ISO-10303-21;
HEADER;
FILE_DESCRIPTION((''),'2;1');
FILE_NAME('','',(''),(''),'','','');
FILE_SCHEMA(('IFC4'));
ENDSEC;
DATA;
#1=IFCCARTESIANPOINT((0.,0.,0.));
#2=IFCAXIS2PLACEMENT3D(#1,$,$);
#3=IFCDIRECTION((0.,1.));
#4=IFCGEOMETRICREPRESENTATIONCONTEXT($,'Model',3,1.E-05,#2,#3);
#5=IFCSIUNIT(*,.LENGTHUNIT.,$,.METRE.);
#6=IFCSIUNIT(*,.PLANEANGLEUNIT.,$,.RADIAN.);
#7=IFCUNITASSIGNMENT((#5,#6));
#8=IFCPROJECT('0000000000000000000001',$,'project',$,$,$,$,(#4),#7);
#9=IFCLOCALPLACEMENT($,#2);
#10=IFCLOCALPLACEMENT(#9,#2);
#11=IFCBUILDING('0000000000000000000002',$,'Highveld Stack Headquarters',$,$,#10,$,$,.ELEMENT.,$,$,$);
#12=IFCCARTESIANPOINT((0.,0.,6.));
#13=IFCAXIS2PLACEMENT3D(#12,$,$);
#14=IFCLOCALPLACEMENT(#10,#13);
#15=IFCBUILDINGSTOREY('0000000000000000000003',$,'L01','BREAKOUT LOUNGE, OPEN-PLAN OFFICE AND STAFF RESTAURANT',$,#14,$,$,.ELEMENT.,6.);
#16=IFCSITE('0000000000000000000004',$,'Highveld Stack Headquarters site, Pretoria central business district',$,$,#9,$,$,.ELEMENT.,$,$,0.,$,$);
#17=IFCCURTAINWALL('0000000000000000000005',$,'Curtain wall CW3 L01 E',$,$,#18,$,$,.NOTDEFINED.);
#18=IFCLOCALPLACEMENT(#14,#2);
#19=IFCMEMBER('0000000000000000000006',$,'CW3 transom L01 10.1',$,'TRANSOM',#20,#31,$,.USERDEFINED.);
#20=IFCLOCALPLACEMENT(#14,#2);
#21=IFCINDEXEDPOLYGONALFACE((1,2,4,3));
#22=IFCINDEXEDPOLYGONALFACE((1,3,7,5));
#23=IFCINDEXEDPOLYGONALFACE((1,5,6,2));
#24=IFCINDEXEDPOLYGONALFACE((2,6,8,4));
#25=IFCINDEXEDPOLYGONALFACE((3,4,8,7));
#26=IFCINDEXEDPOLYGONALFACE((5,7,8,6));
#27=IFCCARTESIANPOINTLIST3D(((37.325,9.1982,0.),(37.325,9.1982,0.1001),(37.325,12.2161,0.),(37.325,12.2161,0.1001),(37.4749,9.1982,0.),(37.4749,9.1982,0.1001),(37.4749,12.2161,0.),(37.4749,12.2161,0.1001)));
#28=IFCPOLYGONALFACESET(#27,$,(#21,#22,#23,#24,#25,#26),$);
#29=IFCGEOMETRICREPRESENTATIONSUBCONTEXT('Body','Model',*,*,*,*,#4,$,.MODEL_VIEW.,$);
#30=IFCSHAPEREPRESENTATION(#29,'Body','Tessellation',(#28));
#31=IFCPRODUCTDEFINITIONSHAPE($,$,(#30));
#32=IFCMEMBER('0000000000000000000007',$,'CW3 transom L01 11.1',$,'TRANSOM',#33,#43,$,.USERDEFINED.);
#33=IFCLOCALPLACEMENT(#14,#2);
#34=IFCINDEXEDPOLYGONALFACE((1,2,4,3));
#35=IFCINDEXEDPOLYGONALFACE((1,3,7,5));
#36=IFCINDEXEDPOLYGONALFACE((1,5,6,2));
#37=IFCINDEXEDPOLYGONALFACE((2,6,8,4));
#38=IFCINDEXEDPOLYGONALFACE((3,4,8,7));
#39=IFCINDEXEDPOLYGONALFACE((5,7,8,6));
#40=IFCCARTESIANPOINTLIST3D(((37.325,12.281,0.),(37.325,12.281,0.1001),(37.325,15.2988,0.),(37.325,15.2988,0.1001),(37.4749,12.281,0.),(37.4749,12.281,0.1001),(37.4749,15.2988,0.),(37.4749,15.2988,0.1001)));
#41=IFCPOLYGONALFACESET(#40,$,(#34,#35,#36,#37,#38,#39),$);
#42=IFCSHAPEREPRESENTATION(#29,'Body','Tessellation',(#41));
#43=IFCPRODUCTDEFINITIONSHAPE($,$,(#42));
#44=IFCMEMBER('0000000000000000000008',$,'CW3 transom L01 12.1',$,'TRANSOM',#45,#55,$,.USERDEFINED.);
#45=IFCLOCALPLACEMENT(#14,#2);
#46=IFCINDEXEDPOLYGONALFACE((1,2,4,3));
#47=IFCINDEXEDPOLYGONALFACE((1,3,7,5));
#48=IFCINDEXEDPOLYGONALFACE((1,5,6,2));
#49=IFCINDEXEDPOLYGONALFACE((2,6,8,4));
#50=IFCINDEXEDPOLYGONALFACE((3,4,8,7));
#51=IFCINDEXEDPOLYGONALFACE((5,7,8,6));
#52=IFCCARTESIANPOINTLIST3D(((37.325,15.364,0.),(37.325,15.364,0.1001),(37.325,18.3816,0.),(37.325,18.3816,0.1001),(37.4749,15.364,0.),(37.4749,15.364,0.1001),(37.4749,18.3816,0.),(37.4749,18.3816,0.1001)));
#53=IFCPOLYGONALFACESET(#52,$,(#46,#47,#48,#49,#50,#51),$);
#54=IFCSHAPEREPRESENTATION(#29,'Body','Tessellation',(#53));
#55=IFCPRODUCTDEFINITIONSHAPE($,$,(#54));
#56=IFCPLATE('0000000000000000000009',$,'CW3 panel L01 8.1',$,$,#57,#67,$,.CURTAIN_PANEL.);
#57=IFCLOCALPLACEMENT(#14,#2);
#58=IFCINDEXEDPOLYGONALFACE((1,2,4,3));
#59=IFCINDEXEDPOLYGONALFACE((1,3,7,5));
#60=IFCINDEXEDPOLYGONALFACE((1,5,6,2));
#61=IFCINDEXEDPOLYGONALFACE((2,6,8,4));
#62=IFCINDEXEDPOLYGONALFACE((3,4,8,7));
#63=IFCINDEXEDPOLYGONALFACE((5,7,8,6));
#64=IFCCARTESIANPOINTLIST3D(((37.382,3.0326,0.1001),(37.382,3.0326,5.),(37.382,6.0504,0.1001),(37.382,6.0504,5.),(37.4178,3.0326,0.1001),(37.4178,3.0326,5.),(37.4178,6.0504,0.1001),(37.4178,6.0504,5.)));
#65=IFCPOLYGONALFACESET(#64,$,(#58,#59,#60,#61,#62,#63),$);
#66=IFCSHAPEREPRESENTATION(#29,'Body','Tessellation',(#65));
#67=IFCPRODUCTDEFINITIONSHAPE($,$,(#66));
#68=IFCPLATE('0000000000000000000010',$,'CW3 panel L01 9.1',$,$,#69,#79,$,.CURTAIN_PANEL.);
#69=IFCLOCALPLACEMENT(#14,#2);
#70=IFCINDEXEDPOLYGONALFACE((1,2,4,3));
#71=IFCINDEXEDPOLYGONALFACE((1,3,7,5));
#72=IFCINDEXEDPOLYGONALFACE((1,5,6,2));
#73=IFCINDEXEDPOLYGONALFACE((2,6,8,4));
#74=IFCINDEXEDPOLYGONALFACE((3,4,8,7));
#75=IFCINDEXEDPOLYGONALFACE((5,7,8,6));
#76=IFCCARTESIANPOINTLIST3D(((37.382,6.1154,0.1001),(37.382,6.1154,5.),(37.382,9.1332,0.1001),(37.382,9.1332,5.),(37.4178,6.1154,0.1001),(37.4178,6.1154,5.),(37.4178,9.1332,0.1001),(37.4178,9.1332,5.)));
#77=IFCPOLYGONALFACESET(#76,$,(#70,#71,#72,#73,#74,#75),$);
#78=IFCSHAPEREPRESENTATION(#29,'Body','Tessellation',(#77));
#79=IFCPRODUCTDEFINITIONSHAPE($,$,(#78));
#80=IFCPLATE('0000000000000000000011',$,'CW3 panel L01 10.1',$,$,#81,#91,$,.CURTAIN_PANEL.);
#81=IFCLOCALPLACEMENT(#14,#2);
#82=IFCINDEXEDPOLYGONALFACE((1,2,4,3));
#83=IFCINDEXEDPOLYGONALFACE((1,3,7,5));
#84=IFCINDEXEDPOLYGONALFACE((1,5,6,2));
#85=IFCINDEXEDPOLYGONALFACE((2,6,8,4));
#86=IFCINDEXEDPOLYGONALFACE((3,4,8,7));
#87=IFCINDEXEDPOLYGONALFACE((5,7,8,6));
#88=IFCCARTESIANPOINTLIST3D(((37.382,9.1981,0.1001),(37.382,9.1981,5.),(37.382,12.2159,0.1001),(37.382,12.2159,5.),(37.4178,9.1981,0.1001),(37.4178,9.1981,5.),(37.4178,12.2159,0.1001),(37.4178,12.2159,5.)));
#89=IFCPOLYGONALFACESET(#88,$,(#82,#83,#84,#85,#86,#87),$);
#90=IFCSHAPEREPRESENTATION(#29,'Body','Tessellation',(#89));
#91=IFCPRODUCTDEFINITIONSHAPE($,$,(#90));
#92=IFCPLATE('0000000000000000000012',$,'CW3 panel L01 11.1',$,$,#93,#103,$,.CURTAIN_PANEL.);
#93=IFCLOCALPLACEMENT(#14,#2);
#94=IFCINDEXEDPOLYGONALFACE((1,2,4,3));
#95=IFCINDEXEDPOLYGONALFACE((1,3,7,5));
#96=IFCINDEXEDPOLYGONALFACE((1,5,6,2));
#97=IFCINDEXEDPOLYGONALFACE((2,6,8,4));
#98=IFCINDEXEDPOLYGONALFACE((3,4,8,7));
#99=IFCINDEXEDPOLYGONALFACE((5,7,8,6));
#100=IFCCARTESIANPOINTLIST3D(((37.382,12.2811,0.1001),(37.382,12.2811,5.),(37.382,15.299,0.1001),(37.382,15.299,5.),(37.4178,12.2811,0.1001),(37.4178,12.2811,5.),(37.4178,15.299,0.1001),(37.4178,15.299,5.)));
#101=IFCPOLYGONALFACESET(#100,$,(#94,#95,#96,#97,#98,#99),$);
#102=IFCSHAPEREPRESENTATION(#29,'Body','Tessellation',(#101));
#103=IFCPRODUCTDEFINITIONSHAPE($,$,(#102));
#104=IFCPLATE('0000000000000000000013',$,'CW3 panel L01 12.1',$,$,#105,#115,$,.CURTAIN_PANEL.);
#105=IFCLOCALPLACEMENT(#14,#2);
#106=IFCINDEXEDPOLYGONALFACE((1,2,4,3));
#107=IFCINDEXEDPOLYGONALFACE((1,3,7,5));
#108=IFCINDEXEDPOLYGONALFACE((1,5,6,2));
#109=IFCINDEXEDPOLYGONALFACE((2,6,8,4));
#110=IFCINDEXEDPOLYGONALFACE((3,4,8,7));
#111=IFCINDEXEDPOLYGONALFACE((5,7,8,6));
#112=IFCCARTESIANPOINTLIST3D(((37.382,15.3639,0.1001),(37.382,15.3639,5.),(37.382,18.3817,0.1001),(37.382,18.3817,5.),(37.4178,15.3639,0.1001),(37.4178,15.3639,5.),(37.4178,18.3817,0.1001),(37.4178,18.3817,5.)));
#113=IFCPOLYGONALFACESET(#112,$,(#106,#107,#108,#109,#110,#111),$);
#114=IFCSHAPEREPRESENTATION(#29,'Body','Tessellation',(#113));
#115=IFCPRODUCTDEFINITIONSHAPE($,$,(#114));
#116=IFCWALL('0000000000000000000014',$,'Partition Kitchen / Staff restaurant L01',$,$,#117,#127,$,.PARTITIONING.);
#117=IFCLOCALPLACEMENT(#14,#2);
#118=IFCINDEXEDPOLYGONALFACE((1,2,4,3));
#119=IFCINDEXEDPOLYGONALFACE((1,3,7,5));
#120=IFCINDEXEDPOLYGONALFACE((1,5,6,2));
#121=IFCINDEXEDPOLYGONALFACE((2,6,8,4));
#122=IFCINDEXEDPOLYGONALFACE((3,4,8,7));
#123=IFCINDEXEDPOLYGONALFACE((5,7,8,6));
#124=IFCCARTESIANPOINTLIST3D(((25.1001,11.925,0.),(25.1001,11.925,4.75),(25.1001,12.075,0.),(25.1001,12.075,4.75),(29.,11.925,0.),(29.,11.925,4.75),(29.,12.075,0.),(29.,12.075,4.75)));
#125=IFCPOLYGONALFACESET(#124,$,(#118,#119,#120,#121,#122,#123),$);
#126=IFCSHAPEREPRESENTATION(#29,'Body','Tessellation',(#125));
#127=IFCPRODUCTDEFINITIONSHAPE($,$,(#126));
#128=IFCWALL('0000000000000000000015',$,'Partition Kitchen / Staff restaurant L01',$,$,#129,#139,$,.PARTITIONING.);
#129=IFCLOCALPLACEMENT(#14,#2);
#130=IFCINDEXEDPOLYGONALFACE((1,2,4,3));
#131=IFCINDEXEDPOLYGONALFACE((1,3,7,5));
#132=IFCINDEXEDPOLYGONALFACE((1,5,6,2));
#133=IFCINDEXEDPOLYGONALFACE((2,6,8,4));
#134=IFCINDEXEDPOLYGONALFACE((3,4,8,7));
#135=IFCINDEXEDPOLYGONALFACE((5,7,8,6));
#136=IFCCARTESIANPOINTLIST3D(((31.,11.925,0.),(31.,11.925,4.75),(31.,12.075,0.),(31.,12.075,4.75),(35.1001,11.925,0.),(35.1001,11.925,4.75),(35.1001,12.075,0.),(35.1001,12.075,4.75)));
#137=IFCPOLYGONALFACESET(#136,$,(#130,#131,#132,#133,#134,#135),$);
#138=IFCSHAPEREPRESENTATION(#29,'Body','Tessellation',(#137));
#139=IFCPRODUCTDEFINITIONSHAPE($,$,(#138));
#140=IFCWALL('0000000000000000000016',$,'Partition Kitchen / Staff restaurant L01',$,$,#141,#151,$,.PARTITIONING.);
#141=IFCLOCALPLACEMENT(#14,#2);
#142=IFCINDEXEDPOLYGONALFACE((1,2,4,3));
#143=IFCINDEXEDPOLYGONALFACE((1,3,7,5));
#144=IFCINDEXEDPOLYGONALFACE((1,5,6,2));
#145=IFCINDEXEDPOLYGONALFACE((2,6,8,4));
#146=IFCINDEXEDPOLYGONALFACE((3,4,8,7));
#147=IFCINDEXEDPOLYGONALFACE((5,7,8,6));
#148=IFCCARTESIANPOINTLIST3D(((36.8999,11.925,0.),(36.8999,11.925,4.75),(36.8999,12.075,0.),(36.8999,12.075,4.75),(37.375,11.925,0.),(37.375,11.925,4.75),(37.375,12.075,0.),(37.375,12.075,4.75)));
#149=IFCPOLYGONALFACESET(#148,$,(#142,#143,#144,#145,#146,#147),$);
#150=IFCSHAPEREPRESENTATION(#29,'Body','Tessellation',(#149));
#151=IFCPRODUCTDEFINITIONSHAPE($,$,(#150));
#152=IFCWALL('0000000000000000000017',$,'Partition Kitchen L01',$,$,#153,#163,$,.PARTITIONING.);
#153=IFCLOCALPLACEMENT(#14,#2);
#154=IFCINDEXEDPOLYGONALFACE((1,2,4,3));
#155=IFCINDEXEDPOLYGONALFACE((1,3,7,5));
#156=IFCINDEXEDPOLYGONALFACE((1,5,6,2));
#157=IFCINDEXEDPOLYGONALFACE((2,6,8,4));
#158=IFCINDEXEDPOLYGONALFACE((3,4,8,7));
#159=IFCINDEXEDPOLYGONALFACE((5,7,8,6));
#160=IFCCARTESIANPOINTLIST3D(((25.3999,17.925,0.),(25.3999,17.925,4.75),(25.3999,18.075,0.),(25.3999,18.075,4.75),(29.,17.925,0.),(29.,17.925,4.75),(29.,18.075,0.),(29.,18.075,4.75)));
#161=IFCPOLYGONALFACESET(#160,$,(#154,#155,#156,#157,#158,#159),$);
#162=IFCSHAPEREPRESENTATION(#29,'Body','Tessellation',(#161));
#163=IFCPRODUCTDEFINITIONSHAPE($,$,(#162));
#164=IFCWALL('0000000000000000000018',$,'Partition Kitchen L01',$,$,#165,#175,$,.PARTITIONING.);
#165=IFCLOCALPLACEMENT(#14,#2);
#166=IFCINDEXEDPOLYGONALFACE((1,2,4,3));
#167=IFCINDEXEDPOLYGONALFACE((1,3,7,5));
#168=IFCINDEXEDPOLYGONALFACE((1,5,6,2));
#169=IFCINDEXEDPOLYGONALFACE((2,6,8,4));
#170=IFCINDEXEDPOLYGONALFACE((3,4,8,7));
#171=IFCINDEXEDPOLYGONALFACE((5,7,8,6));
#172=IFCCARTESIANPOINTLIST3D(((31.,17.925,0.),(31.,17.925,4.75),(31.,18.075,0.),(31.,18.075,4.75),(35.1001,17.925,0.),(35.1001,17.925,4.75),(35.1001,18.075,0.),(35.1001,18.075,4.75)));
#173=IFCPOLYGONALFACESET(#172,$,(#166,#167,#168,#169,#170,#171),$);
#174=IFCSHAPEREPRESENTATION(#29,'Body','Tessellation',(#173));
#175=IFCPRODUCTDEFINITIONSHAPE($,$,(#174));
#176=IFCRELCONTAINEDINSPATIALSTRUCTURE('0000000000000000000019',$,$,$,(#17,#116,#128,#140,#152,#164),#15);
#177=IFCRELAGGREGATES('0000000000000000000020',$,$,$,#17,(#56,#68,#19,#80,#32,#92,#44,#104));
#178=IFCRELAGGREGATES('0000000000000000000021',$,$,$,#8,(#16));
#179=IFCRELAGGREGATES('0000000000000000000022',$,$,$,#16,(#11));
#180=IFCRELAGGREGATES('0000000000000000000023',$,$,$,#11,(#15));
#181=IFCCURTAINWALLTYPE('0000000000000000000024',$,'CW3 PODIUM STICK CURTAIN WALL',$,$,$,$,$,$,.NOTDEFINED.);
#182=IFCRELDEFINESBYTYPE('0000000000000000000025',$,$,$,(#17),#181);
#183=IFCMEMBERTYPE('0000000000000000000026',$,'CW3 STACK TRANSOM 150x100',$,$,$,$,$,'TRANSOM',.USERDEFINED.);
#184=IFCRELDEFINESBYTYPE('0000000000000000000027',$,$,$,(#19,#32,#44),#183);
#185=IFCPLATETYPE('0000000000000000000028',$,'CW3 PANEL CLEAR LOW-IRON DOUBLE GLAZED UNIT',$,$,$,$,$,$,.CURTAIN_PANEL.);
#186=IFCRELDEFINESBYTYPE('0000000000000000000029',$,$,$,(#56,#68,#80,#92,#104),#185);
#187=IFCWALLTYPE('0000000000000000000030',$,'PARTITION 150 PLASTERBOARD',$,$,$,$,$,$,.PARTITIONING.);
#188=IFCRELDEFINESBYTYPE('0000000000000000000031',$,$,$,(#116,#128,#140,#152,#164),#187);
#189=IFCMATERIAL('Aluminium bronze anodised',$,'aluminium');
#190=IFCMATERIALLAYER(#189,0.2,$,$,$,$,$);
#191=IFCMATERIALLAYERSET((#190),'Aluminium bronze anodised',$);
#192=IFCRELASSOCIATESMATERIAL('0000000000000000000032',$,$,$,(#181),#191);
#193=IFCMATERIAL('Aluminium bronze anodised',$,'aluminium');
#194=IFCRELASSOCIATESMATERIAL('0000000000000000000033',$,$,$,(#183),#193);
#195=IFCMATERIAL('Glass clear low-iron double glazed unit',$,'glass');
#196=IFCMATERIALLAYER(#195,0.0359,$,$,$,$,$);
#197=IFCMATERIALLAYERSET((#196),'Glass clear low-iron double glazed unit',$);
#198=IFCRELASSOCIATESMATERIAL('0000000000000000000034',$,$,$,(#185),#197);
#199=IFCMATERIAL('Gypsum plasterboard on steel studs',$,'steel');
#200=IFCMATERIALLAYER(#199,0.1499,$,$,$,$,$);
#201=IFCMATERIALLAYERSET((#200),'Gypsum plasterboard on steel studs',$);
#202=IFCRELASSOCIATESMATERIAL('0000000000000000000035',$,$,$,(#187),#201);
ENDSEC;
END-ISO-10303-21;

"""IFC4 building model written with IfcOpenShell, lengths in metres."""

from ifc_helpers import new_model, si_unit, direction, frame, frame_2d, origin, origin_2d, place, context, subcontext, project, spatial, rectangle, extrude, material, layer, layer_set, material_profile, profile_set, type_object, element, aggregate, save


model = new_model("IFC4")

# Units and contexts
model_context = context("Model", 3, precision=1e-05, world=origin(), true_north=direction((0.0, 1.0)))
body_context = subcontext(model_context, "Body", "Model", "MODEL_VIEW")
ifc_project = project(units=[si_unit("LENGTHUNIT", "METRE"), si_unit("PLANEANGLEUNIT", "RADIAN")], contexts=[model_context])

# Site, building, storey
site_placement = place(None, origin())
site = spatial("IfcSite", under=ifc_project, at=site_placement, Name="Highveld Stack Headquarters site, Pretoria central business district", CompositionType="ELEMENT", RefElevation=0.0)
building_placement = place(site_placement, origin())
building = spatial("IfcBuilding", under=site, at=building_placement, Name="Highveld Stack Headquarters", CompositionType="ELEMENT")
storey_placement = place(building_placement, frame((0.0, 0.0, 6.0)))
storey = spatial("IfcBuildingStorey", under=building, at=storey_placement, Name="L01", Description="BREAKOUT LOUNGE, OPEN-PLAN OFFICE AND STAFF RESTAURANT", CompositionType="ELEMENT", Elevation=6.0)

# Curtain wall, members, plates
ifc_material_1 = material(Name="Aluminium bronze anodised", Category="aluminium")
ifc_layer_1 = layer(ifc_material_1, 0.2)
ifc_layer_set_1 = layer_set([ifc_layer_1], Name="Aluminium bronze anodised")
curtain_wall_type = type_object("IfcCurtainWallType", Name="CW3 PODIUM STICK CURTAIN WALL", PredefinedType="NOTDEFINED", material=ifc_layer_set_1)
curtain_wall_placement = place(storey_placement, origin())
curtain_wall = element("IfcCurtainWall", 1, at=curtain_wall_placement, inside=storey, type_object=curtain_wall_type, Name="Curtain wall CW3 L01 E", PredefinedType="NOTDEFINED")
ifc_material_2 = material(Name="Aluminium bronze anodised", Category="aluminium")
ifc_material_profile_1 = material_profile(ifc_material_2, rectangle(XDim=0.1499, YDim=0.1001, at=origin_2d()), Name="CW3 TRANSOM 150x100")
ifc_profile_set_1 = profile_set([ifc_material_profile_1], Name="Aluminium bronze anodised")
member_type_1 = type_object("IfcMemberType", Name="CW3 STACK TRANSOM 150x100", ElementType="TRANSOM", PredefinedType="USERDEFINED", material=ifc_profile_set_1)
member_1_placement = place(storey_placement, frame((37.3999, 9.1982, 0.05), z_axis=(0.0, 1.0, 0.0), x_axis=(-1.0, 0.0, 0.0)))
member_1 = element("IfcMember", 2, at=member_1_placement, type_object=member_type_1, Name="CW3 transom L01 10.1", ObjectType="TRANSOM", PredefinedType="USERDEFINED", context=body_context, shape_type="SweptSolid", body=[
    extrude(rectangle(XDim=0.1499, YDim=0.1001, at=origin_2d()), origin(), (0.0, 0.0, 1.0), 3.0178),
])
member_2_placement = place(storey_placement, frame((37.3999, 12.281, 0.05), z_axis=(0.0, 1.0, 0.0), x_axis=(-1.0, 0.0, 0.0)))
member_2 = element("IfcMember", 3, at=member_2_placement, type_object=member_type_1, Name="CW3 transom L01 11.1", ObjectType="TRANSOM", PredefinedType="USERDEFINED", context=body_context, shape_type="SweptSolid", body=[
    extrude(rectangle(XDim=0.1499, YDim=0.1001, at=origin_2d()), origin(), (0.0, 0.0, 1.0), 3.0178),
])
member_3_placement = place(storey_placement, frame((37.3999, 15.364, 0.05), z_axis=(0.0, 1.0, 0.0), x_axis=(-1.0, 0.0, 0.0)))
member_3 = element("IfcMember", 4, at=member_3_placement, type_object=member_type_1, Name="CW3 transom L01 12.1", ObjectType="TRANSOM", PredefinedType="USERDEFINED", context=body_context, shape_type="SweptSolid", body=[
    extrude(rectangle(XDim=0.1499, YDim=0.1001, at=origin_2d()), origin(), (0.0, 0.0, 1.0), 3.0176),
])
ifc_material_3 = material(Name="Glass clear low-iron double glazed unit", Category="glass")
ifc_layer_2 = layer(ifc_material_3, 0.0359)
ifc_layer_set_2 = layer_set([ifc_layer_2], Name="Glass clear low-iron double glazed unit")
plate_type = type_object("IfcPlateType", Name="CW3 PANEL CLEAR LOW-IRON DOUBLE GLAZED UNIT", PredefinedType="CURTAIN_PANEL", material=ifc_layer_set_2)
plate_1_placement = place(storey_placement, frame((37.3999, 4.5415, 0.1001), z_axis=(0.0, 0.0, 1.0), x_axis=(0.0, 1.0, 0.0)))
plate_1 = element("IfcPlate", 5, at=plate_1_placement, type_object=plate_type, Name="CW3 panel L01 8.1", PredefinedType="CURTAIN_PANEL", context=body_context, shape_type="SweptSolid", body=[
    extrude(rectangle(XDim=3.0178, YDim=0.0359, at=origin_2d()), origin(), (0.0, 0.0, 1.0), 4.8999),
])
plate_2_placement = place(storey_placement, frame((37.3999, 7.6243, 0.1001), z_axis=(0.0, 0.0, 1.0), x_axis=(0.0, 1.0, 0.0)))
plate_2 = element("IfcPlate", 6, at=plate_2_placement, type_object=plate_type, Name="CW3 panel L01 9.1", PredefinedType="CURTAIN_PANEL", context=body_context, shape_type="SweptSolid", body=[
    extrude(rectangle(XDim=3.0178, YDim=0.0359, at=origin_2d()), origin(), (0.0, 0.0, 1.0), 4.8999),
])
plate_3_placement = place(storey_placement, frame((37.3999, 10.707, 0.1001), z_axis=(0.0, 0.0, 1.0), x_axis=(0.0, 1.0, 0.0)))
plate_3 = element("IfcPlate", 7, at=plate_3_placement, type_object=plate_type, Name="CW3 panel L01 10.1", PredefinedType="CURTAIN_PANEL", context=body_context, shape_type="SweptSolid", body=[
    extrude(rectangle(XDim=3.0178, YDim=0.0359, at=origin_2d()), origin(), (0.0, 0.0, 1.0), 4.8999),
])
plate_4_placement = place(storey_placement, frame((37.3999, 13.79, 0.1001), z_axis=(0.0, 0.0, 1.0), x_axis=(0.0, 1.0, 0.0)))
plate_4 = element("IfcPlate", 8, at=plate_4_placement, type_object=plate_type, Name="CW3 panel L01 11.1", PredefinedType="CURTAIN_PANEL", context=body_context, shape_type="SweptSolid", body=[
    extrude(rectangle(XDim=3.0178, YDim=0.0359, at=origin_2d()), origin(), (0.0, 0.0, 1.0), 4.8999),
])
plate_5_placement = place(storey_placement, frame((37.3999, 16.8728, 0.1001), z_axis=(0.0, 0.0, 1.0), x_axis=(0.0, 1.0, 0.0)))
plate_5 = element("IfcPlate", 9, at=plate_5_placement, type_object=plate_type, Name="CW3 panel L01 12.1", PredefinedType="CURTAIN_PANEL", context=body_context, shape_type="SweptSolid", body=[
    extrude(rectangle(XDim=3.0178, YDim=0.0359, at=origin_2d()), origin(), (0.0, 0.0, 1.0), 4.8999),
])
aggregate(curtain_wall, [plate_1, plate_2, member_1, plate_3, member_2, plate_4, member_3, plate_5])

# Walls
ifc_material_4 = material(Name="Gypsum plasterboard on steel studs", Category="steel")
ifc_layer_3 = layer(ifc_material_4, 0.1499)
ifc_layer_set_3 = layer_set([ifc_layer_3], Name="Gypsum plasterboard on steel studs")
wall_type = type_object("IfcWallType", Name="PARTITION 150 PLASTERBOARD", PredefinedType="PARTITIONING", material=ifc_layer_set_3)
wall_1_placement = place(storey_placement, frame((25.1001, 12.0, 0.0), z_axis=(0.0, 0.0, 1.0), x_axis=(1.0, 0.0, 0.0)))
element("IfcWall", 10, at=wall_1_placement, inside=storey, type_object=wall_type, Name="Partition Kitchen / Staff restaurant L01", PredefinedType="PARTITIONING", context=body_context, shape_type="SweptSolid", body=[
    extrude(rectangle(XDim=3.8999, YDim=0.1499, at=frame_2d((1.95, 0.0))), origin(), (0.0, 0.0, 1.0), 4.75),
])
wall_2_placement = place(storey_placement, frame((31.0, 12.0, 0.0), z_axis=(0.0, 0.0, 1.0), x_axis=(1.0, 0.0, 0.0)))
element("IfcWall", 11, at=wall_2_placement, inside=storey, type_object=wall_type, Name="Partition Kitchen / Staff restaurant L01", PredefinedType="PARTITIONING", context=body_context, shape_type="SweptSolid", body=[
    extrude(rectangle(XDim=4.1001, YDim=0.1499, at=frame_2d((2.05, 0.0))), origin(), (0.0, 0.0, 1.0), 4.75),
])
wall_3_placement = place(storey_placement, frame((36.8999, 12.0, 0.0), z_axis=(0.0, 0.0, 1.0), x_axis=(1.0, 0.0, 0.0)))
element("IfcWall", 12, at=wall_3_placement, inside=storey, type_object=wall_type, Name="Partition Kitchen / Staff restaurant L01", PredefinedType="PARTITIONING", context=body_context, shape_type="SweptSolid", body=[
    extrude(rectangle(XDim=0.4751, YDim=0.1499, at=frame_2d((0.2375, 0.0))), origin(), (0.0, 0.0, 1.0), 4.75),
])
wall_4_placement = place(storey_placement, frame((25.3999, 18.0, 0.0), z_axis=(0.0, 0.0, 1.0), x_axis=(1.0, 0.0, 0.0)))
element("IfcWall", 13, at=wall_4_placement, inside=storey, type_object=wall_type, Name="Partition Kitchen L01", PredefinedType="PARTITIONING", context=body_context, shape_type="SweptSolid", body=[
    extrude(rectangle(XDim=3.6001, YDim=0.1499, at=frame_2d((1.8, 0.0))), origin(), (0.0, 0.0, 1.0), 4.75),
])
wall_5_placement = place(storey_placement, frame((31.0, 18.0, 0.0), z_axis=(0.0, 0.0, 1.0), x_axis=(1.0, 0.0, 0.0)))
element("IfcWall", 14, at=wall_5_placement, inside=storey, type_object=wall_type, Name="Partition Kitchen L01", PredefinedType="PARTITIONING", context=body_context, shape_type="SweptSolid", body=[
    extrude(rectangle(XDim=4.1001, YDim=0.1499, at=frame_2d((2.05, 0.0))), origin(), (0.0, 0.0, 1.0), 4.75),
])

save(model, "model.ifc")
